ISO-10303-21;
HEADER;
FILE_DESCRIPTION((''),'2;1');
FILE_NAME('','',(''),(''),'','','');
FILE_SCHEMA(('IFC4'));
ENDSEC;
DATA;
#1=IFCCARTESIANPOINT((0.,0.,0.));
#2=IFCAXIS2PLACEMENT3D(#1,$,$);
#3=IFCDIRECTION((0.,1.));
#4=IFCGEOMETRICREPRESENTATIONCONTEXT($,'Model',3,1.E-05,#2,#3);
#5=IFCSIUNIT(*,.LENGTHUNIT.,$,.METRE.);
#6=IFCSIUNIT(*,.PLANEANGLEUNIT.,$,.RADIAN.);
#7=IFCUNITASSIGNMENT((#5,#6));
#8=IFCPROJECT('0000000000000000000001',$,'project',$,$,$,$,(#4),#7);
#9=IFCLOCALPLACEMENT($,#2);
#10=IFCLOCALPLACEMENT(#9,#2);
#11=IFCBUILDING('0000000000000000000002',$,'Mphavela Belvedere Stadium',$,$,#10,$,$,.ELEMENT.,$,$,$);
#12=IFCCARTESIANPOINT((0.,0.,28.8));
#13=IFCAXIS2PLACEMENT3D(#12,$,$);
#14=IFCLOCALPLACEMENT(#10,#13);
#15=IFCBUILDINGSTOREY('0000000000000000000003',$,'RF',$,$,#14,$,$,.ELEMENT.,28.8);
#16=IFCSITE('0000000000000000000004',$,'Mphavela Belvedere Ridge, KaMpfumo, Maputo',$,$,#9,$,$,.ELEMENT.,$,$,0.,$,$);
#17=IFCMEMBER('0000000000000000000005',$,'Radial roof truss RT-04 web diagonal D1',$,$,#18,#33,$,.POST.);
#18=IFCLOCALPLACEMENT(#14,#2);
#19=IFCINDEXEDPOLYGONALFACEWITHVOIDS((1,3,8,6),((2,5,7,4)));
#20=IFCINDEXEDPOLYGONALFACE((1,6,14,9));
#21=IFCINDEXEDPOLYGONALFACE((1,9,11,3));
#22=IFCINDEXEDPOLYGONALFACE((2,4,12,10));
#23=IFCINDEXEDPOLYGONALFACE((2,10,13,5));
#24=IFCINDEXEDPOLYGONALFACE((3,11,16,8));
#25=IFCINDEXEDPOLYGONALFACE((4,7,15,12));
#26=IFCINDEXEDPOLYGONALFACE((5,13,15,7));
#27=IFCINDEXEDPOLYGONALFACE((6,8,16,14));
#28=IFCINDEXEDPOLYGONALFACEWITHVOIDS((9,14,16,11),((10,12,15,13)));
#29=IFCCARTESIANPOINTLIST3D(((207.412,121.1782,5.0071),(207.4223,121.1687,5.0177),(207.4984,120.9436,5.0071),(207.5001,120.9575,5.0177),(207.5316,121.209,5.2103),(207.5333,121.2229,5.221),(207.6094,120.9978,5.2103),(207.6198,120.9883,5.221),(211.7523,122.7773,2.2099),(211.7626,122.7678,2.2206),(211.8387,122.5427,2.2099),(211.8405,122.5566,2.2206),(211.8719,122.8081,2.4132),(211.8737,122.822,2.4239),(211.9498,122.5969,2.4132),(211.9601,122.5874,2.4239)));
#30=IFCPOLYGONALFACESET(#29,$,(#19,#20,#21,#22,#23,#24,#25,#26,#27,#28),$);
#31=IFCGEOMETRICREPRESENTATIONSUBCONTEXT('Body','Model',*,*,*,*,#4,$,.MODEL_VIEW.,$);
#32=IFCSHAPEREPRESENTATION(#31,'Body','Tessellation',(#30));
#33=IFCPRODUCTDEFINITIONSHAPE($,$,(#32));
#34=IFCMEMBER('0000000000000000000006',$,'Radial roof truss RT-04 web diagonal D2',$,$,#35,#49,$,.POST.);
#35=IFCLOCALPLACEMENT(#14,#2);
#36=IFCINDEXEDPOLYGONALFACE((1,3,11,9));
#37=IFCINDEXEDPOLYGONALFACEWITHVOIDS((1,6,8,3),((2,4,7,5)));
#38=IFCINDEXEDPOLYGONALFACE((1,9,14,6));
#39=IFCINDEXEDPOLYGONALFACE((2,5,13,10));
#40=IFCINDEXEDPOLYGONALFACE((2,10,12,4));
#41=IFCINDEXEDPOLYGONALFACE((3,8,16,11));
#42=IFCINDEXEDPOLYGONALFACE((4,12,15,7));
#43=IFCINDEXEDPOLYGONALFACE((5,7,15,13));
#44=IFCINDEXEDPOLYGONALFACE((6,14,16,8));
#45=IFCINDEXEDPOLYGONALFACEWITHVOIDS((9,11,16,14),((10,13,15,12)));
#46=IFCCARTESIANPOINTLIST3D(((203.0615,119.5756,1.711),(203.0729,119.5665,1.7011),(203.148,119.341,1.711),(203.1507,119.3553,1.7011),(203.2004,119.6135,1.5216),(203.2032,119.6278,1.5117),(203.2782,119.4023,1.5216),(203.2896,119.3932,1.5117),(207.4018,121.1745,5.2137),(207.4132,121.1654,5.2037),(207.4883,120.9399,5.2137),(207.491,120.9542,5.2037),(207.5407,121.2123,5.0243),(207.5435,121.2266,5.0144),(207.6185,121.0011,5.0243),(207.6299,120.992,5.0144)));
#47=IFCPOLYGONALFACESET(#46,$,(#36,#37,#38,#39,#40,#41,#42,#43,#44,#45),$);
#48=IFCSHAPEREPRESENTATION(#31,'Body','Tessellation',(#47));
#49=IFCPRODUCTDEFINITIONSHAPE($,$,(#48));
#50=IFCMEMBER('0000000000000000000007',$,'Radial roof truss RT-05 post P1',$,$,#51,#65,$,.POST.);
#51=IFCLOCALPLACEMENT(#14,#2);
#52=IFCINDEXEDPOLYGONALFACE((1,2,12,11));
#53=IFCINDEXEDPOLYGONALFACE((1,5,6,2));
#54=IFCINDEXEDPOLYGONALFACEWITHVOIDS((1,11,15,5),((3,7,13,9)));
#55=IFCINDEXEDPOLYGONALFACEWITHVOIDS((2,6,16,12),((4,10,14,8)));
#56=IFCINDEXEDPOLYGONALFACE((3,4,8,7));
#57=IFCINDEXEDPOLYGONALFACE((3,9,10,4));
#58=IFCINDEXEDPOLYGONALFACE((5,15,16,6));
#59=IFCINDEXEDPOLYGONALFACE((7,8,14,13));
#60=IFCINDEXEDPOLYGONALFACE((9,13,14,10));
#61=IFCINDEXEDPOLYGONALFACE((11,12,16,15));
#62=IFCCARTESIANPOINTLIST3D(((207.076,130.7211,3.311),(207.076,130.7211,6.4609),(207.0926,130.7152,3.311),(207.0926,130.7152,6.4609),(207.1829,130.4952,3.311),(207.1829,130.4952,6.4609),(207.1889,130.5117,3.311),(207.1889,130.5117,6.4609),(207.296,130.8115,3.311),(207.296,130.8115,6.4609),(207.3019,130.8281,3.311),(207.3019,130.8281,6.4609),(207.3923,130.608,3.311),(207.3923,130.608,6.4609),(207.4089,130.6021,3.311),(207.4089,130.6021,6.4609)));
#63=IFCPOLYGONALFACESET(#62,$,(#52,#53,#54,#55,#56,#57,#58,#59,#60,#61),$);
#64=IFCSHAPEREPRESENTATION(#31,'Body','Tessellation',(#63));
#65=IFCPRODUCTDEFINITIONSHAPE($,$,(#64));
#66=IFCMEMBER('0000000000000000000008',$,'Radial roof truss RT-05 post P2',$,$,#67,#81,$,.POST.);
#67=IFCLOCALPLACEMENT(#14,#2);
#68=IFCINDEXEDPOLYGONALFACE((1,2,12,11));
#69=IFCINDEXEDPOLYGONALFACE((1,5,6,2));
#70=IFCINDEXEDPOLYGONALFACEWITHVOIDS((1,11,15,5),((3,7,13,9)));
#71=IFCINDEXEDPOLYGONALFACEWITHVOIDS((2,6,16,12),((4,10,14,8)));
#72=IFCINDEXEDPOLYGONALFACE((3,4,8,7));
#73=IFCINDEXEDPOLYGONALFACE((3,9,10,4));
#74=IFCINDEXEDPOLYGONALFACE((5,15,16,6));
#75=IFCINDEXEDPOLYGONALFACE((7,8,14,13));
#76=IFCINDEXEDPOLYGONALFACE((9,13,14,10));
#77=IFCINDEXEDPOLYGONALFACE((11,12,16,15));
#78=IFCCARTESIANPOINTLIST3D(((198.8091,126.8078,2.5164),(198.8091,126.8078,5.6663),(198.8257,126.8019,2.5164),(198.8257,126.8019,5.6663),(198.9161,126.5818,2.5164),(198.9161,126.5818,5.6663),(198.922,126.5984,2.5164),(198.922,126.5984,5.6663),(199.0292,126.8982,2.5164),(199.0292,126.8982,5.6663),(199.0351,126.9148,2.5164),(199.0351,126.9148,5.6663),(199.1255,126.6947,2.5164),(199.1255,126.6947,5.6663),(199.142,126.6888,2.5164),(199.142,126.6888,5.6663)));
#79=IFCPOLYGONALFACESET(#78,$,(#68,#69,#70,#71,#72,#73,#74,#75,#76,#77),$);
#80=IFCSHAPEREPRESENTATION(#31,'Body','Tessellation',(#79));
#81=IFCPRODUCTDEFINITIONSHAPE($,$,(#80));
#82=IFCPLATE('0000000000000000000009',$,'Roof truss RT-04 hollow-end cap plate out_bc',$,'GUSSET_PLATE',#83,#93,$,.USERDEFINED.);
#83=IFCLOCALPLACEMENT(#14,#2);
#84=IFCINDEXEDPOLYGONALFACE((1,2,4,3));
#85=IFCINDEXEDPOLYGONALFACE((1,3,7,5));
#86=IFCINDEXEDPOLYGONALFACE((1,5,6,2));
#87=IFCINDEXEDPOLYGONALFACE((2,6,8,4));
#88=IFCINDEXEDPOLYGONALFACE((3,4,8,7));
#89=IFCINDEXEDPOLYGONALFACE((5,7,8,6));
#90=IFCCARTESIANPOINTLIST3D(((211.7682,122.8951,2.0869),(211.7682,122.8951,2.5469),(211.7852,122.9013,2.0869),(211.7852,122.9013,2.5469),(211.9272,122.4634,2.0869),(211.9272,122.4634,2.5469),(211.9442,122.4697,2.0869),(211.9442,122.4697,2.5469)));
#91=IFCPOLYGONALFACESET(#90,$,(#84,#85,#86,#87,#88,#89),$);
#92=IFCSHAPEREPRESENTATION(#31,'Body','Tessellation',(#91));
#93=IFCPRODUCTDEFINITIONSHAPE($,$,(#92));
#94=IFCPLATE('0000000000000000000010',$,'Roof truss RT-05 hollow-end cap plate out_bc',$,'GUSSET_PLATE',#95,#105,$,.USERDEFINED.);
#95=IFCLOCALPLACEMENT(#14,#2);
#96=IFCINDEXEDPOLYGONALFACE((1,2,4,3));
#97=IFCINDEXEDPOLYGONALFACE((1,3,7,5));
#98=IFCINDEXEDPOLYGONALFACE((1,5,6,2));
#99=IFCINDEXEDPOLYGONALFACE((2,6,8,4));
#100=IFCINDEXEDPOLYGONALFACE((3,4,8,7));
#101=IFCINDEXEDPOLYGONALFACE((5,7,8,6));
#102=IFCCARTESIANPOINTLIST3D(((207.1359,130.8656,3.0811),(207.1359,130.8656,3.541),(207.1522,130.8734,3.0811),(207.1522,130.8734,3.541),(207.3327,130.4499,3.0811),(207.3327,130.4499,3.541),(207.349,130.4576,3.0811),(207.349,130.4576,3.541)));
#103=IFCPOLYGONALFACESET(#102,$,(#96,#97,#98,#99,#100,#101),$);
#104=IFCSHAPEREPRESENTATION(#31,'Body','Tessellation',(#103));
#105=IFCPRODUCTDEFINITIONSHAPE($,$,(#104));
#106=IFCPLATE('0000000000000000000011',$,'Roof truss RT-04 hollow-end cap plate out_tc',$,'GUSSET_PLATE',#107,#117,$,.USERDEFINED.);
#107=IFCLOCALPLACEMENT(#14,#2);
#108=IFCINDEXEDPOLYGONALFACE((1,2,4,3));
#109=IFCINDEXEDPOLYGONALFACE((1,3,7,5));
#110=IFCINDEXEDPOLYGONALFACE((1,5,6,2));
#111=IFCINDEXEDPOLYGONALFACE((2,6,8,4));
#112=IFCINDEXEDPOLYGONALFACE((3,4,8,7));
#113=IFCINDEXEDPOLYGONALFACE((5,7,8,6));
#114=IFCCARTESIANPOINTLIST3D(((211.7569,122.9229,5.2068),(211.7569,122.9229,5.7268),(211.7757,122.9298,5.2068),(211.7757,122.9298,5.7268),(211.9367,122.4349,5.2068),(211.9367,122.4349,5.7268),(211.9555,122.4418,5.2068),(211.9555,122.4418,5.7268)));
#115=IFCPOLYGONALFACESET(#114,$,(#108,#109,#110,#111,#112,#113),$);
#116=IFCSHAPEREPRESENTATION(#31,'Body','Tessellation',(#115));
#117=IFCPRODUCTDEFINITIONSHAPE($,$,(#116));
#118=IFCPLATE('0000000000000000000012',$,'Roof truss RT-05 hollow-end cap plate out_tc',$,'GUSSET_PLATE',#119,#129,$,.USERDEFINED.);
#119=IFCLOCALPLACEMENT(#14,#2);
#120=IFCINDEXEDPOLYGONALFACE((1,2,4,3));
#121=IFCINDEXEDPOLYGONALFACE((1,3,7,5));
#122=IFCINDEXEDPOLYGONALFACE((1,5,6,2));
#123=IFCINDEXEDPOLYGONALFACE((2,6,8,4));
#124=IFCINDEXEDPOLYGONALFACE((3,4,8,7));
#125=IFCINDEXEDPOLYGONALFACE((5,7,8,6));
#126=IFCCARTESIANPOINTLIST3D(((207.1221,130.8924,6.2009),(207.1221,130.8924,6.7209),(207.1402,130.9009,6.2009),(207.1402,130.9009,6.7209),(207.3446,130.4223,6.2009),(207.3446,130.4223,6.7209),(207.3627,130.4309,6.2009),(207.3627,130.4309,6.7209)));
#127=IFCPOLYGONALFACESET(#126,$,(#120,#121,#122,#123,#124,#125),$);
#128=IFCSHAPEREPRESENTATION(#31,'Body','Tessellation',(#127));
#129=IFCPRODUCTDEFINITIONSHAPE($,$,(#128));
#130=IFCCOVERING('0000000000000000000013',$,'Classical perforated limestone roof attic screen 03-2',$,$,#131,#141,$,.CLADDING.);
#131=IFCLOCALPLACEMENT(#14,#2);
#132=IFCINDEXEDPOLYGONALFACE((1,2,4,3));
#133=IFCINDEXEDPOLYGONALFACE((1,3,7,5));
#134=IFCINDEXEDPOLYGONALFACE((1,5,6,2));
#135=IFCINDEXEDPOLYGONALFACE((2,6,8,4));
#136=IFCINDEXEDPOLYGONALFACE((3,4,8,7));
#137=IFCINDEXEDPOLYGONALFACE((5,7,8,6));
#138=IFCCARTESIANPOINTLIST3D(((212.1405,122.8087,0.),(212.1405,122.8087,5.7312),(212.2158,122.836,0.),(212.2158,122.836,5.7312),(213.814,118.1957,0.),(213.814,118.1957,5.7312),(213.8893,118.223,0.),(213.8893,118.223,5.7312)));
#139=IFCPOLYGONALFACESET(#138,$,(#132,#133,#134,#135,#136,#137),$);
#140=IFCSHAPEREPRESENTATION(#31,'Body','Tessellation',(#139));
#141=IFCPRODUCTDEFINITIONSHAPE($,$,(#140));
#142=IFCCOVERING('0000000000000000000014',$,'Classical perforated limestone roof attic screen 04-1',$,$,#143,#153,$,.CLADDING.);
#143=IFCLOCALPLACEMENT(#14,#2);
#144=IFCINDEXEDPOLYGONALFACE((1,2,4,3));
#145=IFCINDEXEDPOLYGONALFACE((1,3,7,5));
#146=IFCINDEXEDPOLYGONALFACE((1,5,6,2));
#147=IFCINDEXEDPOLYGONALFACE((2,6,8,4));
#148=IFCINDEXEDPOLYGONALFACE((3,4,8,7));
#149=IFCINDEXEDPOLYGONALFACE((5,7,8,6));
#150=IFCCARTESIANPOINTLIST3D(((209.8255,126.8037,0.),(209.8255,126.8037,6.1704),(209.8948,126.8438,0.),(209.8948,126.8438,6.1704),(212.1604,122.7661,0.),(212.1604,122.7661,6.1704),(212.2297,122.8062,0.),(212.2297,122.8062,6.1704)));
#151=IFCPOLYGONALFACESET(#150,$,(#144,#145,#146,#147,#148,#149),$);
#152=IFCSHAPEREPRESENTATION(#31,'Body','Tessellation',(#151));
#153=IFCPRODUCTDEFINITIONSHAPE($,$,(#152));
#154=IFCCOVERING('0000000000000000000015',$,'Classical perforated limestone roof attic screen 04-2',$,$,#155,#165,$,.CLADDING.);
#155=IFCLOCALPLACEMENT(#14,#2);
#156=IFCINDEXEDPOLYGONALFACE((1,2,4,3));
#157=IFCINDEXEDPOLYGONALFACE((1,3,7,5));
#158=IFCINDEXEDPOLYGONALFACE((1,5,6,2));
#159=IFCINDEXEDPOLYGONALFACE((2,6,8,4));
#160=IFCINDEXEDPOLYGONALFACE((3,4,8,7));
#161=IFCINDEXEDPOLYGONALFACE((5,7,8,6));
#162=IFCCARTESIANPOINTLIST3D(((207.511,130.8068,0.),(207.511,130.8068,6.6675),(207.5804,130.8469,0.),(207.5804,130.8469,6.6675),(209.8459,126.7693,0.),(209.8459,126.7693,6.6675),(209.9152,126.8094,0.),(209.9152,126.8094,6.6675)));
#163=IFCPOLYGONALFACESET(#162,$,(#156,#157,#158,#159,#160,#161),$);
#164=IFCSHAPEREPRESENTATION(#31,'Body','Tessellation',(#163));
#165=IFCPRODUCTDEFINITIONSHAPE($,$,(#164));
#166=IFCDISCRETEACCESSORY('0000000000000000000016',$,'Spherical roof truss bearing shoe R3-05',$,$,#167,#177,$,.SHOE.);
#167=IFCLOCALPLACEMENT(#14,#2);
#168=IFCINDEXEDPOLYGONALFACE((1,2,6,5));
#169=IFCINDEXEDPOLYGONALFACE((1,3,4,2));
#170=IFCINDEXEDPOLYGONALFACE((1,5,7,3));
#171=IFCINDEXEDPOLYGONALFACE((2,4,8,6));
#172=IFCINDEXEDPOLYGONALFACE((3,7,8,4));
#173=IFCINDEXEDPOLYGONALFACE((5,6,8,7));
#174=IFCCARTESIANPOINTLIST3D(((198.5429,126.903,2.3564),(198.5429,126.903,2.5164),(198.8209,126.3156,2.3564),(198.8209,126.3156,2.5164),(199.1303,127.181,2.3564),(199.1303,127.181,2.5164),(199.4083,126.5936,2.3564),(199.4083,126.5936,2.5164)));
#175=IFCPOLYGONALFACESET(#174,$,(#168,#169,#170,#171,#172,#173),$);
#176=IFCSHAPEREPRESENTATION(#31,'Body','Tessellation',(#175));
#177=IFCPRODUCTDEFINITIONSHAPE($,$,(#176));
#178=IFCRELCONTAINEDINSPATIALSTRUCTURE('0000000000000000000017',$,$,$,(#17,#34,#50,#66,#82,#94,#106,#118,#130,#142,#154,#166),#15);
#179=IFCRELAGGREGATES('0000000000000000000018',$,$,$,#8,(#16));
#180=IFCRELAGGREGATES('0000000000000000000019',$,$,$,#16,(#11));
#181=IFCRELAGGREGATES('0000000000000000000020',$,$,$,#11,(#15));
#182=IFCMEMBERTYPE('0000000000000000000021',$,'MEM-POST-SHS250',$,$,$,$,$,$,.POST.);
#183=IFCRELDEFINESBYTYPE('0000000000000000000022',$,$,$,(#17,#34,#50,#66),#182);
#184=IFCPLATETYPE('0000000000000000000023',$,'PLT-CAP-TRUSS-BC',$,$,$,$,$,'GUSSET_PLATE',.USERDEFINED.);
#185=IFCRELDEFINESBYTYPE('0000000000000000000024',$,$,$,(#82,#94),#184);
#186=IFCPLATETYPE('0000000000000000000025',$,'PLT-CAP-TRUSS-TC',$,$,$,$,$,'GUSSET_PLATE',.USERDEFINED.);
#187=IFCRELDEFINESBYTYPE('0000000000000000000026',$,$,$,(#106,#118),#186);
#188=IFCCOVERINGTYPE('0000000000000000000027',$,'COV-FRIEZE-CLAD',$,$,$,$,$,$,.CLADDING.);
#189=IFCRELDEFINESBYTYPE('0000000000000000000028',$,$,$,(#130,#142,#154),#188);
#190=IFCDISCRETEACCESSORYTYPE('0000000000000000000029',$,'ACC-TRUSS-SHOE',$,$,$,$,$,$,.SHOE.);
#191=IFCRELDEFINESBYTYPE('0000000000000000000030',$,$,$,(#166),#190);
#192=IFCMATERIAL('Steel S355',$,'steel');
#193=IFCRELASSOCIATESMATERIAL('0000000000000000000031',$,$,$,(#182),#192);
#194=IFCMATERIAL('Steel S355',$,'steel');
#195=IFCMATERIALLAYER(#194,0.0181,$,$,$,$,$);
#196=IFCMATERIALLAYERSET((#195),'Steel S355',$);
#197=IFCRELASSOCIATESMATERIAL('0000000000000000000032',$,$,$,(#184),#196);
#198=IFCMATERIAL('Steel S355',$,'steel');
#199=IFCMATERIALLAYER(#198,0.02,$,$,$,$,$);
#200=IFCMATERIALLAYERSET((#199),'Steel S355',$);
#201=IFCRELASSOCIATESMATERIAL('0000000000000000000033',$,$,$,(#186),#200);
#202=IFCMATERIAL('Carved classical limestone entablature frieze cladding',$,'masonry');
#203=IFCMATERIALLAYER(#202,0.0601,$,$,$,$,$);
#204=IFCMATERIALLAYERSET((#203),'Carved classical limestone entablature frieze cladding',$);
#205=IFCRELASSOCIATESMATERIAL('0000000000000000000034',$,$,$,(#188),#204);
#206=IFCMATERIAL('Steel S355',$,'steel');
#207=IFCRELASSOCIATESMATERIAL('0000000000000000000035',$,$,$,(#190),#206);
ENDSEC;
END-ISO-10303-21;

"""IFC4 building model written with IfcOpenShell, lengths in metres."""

from ifc_helpers import new_model, si_unit, direction, frame, origin, origin_2d, place, context, subcontext, project, spatial, rectangle, hollow_rectangle, extrude, material, layer, layer_set, material_profile, profile_set, type_object, element, save


model = new_model("IFC4")

# Units and contexts
model_context = context("Model", 3, precision=1e-05, world=origin(), true_north=direction((0.0, 1.0)))
body_context = subcontext(model_context, "Body", "Model", "MODEL_VIEW")
ifc_project = project(units=[si_unit("LENGTHUNIT", "METRE"), si_unit("PLANEANGLEUNIT", "RADIAN")], contexts=[model_context])

# Site, building, storey
site_placement = place(None, origin())
site = spatial("IfcSite", under=ifc_project, at=site_placement, Name="Mphavela Belvedere Ridge, KaMpfumo, Maputo", CompositionType="ELEMENT", RefElevation=0.0)
building_placement = place(site_placement, origin())
building = spatial("IfcBuilding", under=site, at=building_placement, Name="Mphavela Belvedere Stadium", CompositionType="ELEMENT")
storey_placement = place(building_placement, frame((0.0, 0.0, 28.8)))
storey = spatial("IfcBuildingStorey", under=building, at=storey_placement, Name="RF", CompositionType="ELEMENT", Elevation=28.8)

# Members
ifc_material_1 = material(Name="Steel S355", Category="steel")
ifc_material_profile_1 = material_profile(ifc_material_1, hollow_rectangle(XDim=0.25, YDim=0.25, WallThickness=0.0125, at=origin_2d()), Name="SHS 250x250x12.5")
ifc_profile_set_1 = profile_set([ifc_material_profile_1], Name="Steel S355")
member_type_1 = type_object("IfcMemberType", Name="MEM-POST-SHS250", PredefinedType="POST", material=ifc_profile_set_1)
member_1_placement = place(storey_placement, frame((211.8562, 122.6824, 2.3169), z_axis=(-0.802946, -0.295832, 0.517457), x_axis=(0.345715, -0.93834, 0.0)))
element("IfcMember", 1, at=member_1_placement, inside=storey, type_object=member_type_1, Name="Radial roof truss RT-04 web diagonal D1", PredefinedType="POST", context=body_context, shape_type="SweptSolid", body=[
    extrude(hollow_rectangle(XDim=0.25, YDim=0.25, WallThickness=0.0125, at=origin_2d()), origin(), (0.0, 0.0, 1.0), 5.4055),
])
member_2_placement = place(storey_placement, frame((207.5159, 121.0833, 5.114), z_axis=(-0.74807, -0.275571, -0.603699), x_axis=(0.345669, -0.938357, 0.0)))
element("IfcMember", 2, at=member_2_placement, inside=storey, type_object=member_type_1, Name="Radial roof truss RT-04 web diagonal D2", PredefinedType="POST", context=body_context, shape_type="SweptSolid", body=[
    extrude(hollow_rectangle(XDim=0.25, YDim=0.25, WallThickness=0.0125, at=origin_2d()), origin(), (0.0, 0.0, 1.0), 5.802),
])
for number, where, z_axis, x_axis, name in (
    (3, (207.2424, 130.6616, 3.311), (0.0, 0.0, 1.0), (0.903859, 0.427831, 0.0), "Radial roof truss RT-05 post P1"),
    (4, (198.9756, 126.7483, 2.5164), (0.0, 0.0, 1.0), (0.903859, 0.427831, 0.0), "Radial roof truss RT-05 post P2"),
):
    element("IfcMember", number, at=place(storey_placement, frame(where, z_axis=z_axis, x_axis=x_axis)), inside=storey, type_object=member_type_1, Name=name, PredefinedType="POST", context=body_context, shape_type="SweptSolid", body=[
        extrude(hollow_rectangle(XDim=0.25, YDim=0.25, WallThickness=0.0125, at=origin_2d()), origin(), (0.0, 0.0, 1.0), 3.1499),
    ])

# Plates
ifc_material_2 = material(Name="Steel S355", Category="steel")
ifc_layer_1 = layer(ifc_material_2, 0.0181)
ifc_layer_set_1 = layer_set([ifc_layer_1], Name="Steel S355")
plate_type_1 = type_object("IfcPlateType", Name="PLT-CAP-TRUSS-BC", ElementType="GUSSET_PLATE", PredefinedType="USERDEFINED", material=ifc_layer_set_1)
for number, where, z_axis, x_axis, name in (
    (5, (211.8562, 122.6824, 2.0869), (0.0, 0.0, 1.0), (0.938372, 0.345626, 0.0), "Roof truss RT-04 hollow-end cap plate out_bc"),
    (6, (207.2424, 130.6616, 3.0811), (0.0, 0.0, 1.0), (0.903859, 0.427831, 0.0), "Roof truss RT-05 hollow-end cap plate out_bc"),
):
    element("IfcPlate", number, at=place(storey_placement, frame(where, z_axis=z_axis, x_axis=x_axis)), inside=storey, type_object=plate_type_1, Name=name, ObjectType="GUSSET_PLATE", PredefinedType="USERDEFINED", context=body_context, shape_type="SweptSolid", body=[
        extrude(rectangle(XDim=0.0181, YDim=0.46, at=origin_2d()), origin(), (0.0, 0.0, 1.0), 0.46),
    ])
ifc_material_3 = material(Name="Steel S355", Category="steel")
ifc_layer_2 = layer(ifc_material_3, 0.02)
ifc_layer_set_2 = layer_set([ifc_layer_2], Name="Steel S355")
plate_type_2 = type_object("IfcPlateType", Name="PLT-CAP-TRUSS-TC", ElementType="GUSSET_PLATE", PredefinedType="USERDEFINED", material=ifc_layer_set_2)
for number, where, z_axis, x_axis, name in (
    (7, (211.8562, 122.6824, 5.2068), (0.0, 0.0, 1.0), (0.938372, 0.345626, 0.0), "Roof truss RT-04 hollow-end cap plate out_tc"),
    (8, (207.2424, 130.6616, 6.2009), (0.0, 0.0, 1.0), (0.903859, 0.427831, 0.0), "Roof truss RT-05 hollow-end cap plate out_tc"),
):
    element("IfcPlate", number, at=place(storey_placement, frame(where, z_axis=z_axis, x_axis=x_axis)), inside=storey, type_object=plate_type_2, Name=name, ObjectType="GUSSET_PLATE", PredefinedType="USERDEFINED", context=body_context, shape_type="SweptSolid", body=[
        extrude(rectangle(XDim=0.02, YDim=0.52, at=origin_2d()), origin(), (0.0, 0.0, 1.0), 0.52),
    ])

# Coverings
ifc_material_4 = material(Name="Carved classical limestone entablature frieze cladding", Category="masonry")
ifc_layer_3 = layer(ifc_material_4, 0.0601)
ifc_layer_set_3 = layer_set([ifc_layer_3], Name="Carved classical limestone entablature frieze cladding")
covering_type = type_object("IfcCoveringType", Name="COV-FRIEZE-CLAD", PredefinedType="CLADDING", material=ifc_layer_set_3)
covering_1_placement = place(storey_placement, frame((213.0149, 120.5159, 0.0), z_axis=(0.0, 0.0, 1.0), x_axis=(-0.341036, 0.94005, 0.0)))
element("IfcCovering", 9, at=covering_1_placement, inside=storey, type_object=covering_type, Name="Classical perforated limestone roof attic screen 03-2", PredefinedType="CLADDING", context=body_context, shape_type="SweptSolid", body=[
    extrude(rectangle(XDim=4.9072, YDim=0.0801, at=origin_2d()), origin(), (0.0, 0.0, 1.0), 5.7312),
])
covering_2_placement = place(storey_placement, frame((211.0276, 124.8049, 0.0), z_axis=(0.0, 0.0, 1.0), x_axis=(-0.500604, 0.865676, 0.0)))
element("IfcCovering", 10, at=covering_2_placement, inside=storey, type_object=covering_type, Name="Classical perforated limestone roof attic screen 04-1", PredefinedType="CLADDING", context=body_context, shape_type="SweptSolid", body=[
    extrude(rectangle(XDim=4.6641, YDim=0.0801, at=origin_2d()), origin(), (0.0, 0.0, 1.0), 6.1704),
])
covering_3_placement = place(storey_placement, frame((208.7131, 128.8081, 0.0), z_axis=(0.0, 0.0, 1.0), x_axis=(-0.500604, 0.865676, 0.0)))
element("IfcCovering", 11, at=covering_3_placement, inside=storey, type_object=covering_type, Name="Classical perforated limestone roof attic screen 04-2", PredefinedType="CLADDING", context=body_context, shape_type="SweptSolid", body=[
    extrude(rectangle(XDim=4.6641, YDim=0.0801, at=origin_2d()), origin(), (0.0, 0.0, 1.0), 6.6675),
])

# Discrete accessory
ifc_material_5 = material(Name="Steel S355", Category="steel")
discrete_accessory_type = type_object("IfcDiscreteAccessoryType", Name="ACC-TRUSS-SHOE", PredefinedType="SHOE", material=ifc_material_5)
discrete_accessory_placement = place(storey_placement, frame((198.9756, 126.7483, 2.3564), z_axis=(0.0, 0.0, 1.0), x_axis=(0.903859, 0.427831, 0.0)))
element("IfcDiscreteAccessory", 12, at=discrete_accessory_placement, inside=storey, type_object=discrete_accessory_type, Name="Spherical roof truss bearing shoe R3-05", PredefinedType="SHOE", context=body_context, shape_type="SweptSolid", body=[
    extrude(rectangle(XDim=0.6499, YDim=0.6499, at=origin_2d()), origin(), (0.0, 0.0, 1.0), 0.1599),
])

save(model, "model.ifc")
